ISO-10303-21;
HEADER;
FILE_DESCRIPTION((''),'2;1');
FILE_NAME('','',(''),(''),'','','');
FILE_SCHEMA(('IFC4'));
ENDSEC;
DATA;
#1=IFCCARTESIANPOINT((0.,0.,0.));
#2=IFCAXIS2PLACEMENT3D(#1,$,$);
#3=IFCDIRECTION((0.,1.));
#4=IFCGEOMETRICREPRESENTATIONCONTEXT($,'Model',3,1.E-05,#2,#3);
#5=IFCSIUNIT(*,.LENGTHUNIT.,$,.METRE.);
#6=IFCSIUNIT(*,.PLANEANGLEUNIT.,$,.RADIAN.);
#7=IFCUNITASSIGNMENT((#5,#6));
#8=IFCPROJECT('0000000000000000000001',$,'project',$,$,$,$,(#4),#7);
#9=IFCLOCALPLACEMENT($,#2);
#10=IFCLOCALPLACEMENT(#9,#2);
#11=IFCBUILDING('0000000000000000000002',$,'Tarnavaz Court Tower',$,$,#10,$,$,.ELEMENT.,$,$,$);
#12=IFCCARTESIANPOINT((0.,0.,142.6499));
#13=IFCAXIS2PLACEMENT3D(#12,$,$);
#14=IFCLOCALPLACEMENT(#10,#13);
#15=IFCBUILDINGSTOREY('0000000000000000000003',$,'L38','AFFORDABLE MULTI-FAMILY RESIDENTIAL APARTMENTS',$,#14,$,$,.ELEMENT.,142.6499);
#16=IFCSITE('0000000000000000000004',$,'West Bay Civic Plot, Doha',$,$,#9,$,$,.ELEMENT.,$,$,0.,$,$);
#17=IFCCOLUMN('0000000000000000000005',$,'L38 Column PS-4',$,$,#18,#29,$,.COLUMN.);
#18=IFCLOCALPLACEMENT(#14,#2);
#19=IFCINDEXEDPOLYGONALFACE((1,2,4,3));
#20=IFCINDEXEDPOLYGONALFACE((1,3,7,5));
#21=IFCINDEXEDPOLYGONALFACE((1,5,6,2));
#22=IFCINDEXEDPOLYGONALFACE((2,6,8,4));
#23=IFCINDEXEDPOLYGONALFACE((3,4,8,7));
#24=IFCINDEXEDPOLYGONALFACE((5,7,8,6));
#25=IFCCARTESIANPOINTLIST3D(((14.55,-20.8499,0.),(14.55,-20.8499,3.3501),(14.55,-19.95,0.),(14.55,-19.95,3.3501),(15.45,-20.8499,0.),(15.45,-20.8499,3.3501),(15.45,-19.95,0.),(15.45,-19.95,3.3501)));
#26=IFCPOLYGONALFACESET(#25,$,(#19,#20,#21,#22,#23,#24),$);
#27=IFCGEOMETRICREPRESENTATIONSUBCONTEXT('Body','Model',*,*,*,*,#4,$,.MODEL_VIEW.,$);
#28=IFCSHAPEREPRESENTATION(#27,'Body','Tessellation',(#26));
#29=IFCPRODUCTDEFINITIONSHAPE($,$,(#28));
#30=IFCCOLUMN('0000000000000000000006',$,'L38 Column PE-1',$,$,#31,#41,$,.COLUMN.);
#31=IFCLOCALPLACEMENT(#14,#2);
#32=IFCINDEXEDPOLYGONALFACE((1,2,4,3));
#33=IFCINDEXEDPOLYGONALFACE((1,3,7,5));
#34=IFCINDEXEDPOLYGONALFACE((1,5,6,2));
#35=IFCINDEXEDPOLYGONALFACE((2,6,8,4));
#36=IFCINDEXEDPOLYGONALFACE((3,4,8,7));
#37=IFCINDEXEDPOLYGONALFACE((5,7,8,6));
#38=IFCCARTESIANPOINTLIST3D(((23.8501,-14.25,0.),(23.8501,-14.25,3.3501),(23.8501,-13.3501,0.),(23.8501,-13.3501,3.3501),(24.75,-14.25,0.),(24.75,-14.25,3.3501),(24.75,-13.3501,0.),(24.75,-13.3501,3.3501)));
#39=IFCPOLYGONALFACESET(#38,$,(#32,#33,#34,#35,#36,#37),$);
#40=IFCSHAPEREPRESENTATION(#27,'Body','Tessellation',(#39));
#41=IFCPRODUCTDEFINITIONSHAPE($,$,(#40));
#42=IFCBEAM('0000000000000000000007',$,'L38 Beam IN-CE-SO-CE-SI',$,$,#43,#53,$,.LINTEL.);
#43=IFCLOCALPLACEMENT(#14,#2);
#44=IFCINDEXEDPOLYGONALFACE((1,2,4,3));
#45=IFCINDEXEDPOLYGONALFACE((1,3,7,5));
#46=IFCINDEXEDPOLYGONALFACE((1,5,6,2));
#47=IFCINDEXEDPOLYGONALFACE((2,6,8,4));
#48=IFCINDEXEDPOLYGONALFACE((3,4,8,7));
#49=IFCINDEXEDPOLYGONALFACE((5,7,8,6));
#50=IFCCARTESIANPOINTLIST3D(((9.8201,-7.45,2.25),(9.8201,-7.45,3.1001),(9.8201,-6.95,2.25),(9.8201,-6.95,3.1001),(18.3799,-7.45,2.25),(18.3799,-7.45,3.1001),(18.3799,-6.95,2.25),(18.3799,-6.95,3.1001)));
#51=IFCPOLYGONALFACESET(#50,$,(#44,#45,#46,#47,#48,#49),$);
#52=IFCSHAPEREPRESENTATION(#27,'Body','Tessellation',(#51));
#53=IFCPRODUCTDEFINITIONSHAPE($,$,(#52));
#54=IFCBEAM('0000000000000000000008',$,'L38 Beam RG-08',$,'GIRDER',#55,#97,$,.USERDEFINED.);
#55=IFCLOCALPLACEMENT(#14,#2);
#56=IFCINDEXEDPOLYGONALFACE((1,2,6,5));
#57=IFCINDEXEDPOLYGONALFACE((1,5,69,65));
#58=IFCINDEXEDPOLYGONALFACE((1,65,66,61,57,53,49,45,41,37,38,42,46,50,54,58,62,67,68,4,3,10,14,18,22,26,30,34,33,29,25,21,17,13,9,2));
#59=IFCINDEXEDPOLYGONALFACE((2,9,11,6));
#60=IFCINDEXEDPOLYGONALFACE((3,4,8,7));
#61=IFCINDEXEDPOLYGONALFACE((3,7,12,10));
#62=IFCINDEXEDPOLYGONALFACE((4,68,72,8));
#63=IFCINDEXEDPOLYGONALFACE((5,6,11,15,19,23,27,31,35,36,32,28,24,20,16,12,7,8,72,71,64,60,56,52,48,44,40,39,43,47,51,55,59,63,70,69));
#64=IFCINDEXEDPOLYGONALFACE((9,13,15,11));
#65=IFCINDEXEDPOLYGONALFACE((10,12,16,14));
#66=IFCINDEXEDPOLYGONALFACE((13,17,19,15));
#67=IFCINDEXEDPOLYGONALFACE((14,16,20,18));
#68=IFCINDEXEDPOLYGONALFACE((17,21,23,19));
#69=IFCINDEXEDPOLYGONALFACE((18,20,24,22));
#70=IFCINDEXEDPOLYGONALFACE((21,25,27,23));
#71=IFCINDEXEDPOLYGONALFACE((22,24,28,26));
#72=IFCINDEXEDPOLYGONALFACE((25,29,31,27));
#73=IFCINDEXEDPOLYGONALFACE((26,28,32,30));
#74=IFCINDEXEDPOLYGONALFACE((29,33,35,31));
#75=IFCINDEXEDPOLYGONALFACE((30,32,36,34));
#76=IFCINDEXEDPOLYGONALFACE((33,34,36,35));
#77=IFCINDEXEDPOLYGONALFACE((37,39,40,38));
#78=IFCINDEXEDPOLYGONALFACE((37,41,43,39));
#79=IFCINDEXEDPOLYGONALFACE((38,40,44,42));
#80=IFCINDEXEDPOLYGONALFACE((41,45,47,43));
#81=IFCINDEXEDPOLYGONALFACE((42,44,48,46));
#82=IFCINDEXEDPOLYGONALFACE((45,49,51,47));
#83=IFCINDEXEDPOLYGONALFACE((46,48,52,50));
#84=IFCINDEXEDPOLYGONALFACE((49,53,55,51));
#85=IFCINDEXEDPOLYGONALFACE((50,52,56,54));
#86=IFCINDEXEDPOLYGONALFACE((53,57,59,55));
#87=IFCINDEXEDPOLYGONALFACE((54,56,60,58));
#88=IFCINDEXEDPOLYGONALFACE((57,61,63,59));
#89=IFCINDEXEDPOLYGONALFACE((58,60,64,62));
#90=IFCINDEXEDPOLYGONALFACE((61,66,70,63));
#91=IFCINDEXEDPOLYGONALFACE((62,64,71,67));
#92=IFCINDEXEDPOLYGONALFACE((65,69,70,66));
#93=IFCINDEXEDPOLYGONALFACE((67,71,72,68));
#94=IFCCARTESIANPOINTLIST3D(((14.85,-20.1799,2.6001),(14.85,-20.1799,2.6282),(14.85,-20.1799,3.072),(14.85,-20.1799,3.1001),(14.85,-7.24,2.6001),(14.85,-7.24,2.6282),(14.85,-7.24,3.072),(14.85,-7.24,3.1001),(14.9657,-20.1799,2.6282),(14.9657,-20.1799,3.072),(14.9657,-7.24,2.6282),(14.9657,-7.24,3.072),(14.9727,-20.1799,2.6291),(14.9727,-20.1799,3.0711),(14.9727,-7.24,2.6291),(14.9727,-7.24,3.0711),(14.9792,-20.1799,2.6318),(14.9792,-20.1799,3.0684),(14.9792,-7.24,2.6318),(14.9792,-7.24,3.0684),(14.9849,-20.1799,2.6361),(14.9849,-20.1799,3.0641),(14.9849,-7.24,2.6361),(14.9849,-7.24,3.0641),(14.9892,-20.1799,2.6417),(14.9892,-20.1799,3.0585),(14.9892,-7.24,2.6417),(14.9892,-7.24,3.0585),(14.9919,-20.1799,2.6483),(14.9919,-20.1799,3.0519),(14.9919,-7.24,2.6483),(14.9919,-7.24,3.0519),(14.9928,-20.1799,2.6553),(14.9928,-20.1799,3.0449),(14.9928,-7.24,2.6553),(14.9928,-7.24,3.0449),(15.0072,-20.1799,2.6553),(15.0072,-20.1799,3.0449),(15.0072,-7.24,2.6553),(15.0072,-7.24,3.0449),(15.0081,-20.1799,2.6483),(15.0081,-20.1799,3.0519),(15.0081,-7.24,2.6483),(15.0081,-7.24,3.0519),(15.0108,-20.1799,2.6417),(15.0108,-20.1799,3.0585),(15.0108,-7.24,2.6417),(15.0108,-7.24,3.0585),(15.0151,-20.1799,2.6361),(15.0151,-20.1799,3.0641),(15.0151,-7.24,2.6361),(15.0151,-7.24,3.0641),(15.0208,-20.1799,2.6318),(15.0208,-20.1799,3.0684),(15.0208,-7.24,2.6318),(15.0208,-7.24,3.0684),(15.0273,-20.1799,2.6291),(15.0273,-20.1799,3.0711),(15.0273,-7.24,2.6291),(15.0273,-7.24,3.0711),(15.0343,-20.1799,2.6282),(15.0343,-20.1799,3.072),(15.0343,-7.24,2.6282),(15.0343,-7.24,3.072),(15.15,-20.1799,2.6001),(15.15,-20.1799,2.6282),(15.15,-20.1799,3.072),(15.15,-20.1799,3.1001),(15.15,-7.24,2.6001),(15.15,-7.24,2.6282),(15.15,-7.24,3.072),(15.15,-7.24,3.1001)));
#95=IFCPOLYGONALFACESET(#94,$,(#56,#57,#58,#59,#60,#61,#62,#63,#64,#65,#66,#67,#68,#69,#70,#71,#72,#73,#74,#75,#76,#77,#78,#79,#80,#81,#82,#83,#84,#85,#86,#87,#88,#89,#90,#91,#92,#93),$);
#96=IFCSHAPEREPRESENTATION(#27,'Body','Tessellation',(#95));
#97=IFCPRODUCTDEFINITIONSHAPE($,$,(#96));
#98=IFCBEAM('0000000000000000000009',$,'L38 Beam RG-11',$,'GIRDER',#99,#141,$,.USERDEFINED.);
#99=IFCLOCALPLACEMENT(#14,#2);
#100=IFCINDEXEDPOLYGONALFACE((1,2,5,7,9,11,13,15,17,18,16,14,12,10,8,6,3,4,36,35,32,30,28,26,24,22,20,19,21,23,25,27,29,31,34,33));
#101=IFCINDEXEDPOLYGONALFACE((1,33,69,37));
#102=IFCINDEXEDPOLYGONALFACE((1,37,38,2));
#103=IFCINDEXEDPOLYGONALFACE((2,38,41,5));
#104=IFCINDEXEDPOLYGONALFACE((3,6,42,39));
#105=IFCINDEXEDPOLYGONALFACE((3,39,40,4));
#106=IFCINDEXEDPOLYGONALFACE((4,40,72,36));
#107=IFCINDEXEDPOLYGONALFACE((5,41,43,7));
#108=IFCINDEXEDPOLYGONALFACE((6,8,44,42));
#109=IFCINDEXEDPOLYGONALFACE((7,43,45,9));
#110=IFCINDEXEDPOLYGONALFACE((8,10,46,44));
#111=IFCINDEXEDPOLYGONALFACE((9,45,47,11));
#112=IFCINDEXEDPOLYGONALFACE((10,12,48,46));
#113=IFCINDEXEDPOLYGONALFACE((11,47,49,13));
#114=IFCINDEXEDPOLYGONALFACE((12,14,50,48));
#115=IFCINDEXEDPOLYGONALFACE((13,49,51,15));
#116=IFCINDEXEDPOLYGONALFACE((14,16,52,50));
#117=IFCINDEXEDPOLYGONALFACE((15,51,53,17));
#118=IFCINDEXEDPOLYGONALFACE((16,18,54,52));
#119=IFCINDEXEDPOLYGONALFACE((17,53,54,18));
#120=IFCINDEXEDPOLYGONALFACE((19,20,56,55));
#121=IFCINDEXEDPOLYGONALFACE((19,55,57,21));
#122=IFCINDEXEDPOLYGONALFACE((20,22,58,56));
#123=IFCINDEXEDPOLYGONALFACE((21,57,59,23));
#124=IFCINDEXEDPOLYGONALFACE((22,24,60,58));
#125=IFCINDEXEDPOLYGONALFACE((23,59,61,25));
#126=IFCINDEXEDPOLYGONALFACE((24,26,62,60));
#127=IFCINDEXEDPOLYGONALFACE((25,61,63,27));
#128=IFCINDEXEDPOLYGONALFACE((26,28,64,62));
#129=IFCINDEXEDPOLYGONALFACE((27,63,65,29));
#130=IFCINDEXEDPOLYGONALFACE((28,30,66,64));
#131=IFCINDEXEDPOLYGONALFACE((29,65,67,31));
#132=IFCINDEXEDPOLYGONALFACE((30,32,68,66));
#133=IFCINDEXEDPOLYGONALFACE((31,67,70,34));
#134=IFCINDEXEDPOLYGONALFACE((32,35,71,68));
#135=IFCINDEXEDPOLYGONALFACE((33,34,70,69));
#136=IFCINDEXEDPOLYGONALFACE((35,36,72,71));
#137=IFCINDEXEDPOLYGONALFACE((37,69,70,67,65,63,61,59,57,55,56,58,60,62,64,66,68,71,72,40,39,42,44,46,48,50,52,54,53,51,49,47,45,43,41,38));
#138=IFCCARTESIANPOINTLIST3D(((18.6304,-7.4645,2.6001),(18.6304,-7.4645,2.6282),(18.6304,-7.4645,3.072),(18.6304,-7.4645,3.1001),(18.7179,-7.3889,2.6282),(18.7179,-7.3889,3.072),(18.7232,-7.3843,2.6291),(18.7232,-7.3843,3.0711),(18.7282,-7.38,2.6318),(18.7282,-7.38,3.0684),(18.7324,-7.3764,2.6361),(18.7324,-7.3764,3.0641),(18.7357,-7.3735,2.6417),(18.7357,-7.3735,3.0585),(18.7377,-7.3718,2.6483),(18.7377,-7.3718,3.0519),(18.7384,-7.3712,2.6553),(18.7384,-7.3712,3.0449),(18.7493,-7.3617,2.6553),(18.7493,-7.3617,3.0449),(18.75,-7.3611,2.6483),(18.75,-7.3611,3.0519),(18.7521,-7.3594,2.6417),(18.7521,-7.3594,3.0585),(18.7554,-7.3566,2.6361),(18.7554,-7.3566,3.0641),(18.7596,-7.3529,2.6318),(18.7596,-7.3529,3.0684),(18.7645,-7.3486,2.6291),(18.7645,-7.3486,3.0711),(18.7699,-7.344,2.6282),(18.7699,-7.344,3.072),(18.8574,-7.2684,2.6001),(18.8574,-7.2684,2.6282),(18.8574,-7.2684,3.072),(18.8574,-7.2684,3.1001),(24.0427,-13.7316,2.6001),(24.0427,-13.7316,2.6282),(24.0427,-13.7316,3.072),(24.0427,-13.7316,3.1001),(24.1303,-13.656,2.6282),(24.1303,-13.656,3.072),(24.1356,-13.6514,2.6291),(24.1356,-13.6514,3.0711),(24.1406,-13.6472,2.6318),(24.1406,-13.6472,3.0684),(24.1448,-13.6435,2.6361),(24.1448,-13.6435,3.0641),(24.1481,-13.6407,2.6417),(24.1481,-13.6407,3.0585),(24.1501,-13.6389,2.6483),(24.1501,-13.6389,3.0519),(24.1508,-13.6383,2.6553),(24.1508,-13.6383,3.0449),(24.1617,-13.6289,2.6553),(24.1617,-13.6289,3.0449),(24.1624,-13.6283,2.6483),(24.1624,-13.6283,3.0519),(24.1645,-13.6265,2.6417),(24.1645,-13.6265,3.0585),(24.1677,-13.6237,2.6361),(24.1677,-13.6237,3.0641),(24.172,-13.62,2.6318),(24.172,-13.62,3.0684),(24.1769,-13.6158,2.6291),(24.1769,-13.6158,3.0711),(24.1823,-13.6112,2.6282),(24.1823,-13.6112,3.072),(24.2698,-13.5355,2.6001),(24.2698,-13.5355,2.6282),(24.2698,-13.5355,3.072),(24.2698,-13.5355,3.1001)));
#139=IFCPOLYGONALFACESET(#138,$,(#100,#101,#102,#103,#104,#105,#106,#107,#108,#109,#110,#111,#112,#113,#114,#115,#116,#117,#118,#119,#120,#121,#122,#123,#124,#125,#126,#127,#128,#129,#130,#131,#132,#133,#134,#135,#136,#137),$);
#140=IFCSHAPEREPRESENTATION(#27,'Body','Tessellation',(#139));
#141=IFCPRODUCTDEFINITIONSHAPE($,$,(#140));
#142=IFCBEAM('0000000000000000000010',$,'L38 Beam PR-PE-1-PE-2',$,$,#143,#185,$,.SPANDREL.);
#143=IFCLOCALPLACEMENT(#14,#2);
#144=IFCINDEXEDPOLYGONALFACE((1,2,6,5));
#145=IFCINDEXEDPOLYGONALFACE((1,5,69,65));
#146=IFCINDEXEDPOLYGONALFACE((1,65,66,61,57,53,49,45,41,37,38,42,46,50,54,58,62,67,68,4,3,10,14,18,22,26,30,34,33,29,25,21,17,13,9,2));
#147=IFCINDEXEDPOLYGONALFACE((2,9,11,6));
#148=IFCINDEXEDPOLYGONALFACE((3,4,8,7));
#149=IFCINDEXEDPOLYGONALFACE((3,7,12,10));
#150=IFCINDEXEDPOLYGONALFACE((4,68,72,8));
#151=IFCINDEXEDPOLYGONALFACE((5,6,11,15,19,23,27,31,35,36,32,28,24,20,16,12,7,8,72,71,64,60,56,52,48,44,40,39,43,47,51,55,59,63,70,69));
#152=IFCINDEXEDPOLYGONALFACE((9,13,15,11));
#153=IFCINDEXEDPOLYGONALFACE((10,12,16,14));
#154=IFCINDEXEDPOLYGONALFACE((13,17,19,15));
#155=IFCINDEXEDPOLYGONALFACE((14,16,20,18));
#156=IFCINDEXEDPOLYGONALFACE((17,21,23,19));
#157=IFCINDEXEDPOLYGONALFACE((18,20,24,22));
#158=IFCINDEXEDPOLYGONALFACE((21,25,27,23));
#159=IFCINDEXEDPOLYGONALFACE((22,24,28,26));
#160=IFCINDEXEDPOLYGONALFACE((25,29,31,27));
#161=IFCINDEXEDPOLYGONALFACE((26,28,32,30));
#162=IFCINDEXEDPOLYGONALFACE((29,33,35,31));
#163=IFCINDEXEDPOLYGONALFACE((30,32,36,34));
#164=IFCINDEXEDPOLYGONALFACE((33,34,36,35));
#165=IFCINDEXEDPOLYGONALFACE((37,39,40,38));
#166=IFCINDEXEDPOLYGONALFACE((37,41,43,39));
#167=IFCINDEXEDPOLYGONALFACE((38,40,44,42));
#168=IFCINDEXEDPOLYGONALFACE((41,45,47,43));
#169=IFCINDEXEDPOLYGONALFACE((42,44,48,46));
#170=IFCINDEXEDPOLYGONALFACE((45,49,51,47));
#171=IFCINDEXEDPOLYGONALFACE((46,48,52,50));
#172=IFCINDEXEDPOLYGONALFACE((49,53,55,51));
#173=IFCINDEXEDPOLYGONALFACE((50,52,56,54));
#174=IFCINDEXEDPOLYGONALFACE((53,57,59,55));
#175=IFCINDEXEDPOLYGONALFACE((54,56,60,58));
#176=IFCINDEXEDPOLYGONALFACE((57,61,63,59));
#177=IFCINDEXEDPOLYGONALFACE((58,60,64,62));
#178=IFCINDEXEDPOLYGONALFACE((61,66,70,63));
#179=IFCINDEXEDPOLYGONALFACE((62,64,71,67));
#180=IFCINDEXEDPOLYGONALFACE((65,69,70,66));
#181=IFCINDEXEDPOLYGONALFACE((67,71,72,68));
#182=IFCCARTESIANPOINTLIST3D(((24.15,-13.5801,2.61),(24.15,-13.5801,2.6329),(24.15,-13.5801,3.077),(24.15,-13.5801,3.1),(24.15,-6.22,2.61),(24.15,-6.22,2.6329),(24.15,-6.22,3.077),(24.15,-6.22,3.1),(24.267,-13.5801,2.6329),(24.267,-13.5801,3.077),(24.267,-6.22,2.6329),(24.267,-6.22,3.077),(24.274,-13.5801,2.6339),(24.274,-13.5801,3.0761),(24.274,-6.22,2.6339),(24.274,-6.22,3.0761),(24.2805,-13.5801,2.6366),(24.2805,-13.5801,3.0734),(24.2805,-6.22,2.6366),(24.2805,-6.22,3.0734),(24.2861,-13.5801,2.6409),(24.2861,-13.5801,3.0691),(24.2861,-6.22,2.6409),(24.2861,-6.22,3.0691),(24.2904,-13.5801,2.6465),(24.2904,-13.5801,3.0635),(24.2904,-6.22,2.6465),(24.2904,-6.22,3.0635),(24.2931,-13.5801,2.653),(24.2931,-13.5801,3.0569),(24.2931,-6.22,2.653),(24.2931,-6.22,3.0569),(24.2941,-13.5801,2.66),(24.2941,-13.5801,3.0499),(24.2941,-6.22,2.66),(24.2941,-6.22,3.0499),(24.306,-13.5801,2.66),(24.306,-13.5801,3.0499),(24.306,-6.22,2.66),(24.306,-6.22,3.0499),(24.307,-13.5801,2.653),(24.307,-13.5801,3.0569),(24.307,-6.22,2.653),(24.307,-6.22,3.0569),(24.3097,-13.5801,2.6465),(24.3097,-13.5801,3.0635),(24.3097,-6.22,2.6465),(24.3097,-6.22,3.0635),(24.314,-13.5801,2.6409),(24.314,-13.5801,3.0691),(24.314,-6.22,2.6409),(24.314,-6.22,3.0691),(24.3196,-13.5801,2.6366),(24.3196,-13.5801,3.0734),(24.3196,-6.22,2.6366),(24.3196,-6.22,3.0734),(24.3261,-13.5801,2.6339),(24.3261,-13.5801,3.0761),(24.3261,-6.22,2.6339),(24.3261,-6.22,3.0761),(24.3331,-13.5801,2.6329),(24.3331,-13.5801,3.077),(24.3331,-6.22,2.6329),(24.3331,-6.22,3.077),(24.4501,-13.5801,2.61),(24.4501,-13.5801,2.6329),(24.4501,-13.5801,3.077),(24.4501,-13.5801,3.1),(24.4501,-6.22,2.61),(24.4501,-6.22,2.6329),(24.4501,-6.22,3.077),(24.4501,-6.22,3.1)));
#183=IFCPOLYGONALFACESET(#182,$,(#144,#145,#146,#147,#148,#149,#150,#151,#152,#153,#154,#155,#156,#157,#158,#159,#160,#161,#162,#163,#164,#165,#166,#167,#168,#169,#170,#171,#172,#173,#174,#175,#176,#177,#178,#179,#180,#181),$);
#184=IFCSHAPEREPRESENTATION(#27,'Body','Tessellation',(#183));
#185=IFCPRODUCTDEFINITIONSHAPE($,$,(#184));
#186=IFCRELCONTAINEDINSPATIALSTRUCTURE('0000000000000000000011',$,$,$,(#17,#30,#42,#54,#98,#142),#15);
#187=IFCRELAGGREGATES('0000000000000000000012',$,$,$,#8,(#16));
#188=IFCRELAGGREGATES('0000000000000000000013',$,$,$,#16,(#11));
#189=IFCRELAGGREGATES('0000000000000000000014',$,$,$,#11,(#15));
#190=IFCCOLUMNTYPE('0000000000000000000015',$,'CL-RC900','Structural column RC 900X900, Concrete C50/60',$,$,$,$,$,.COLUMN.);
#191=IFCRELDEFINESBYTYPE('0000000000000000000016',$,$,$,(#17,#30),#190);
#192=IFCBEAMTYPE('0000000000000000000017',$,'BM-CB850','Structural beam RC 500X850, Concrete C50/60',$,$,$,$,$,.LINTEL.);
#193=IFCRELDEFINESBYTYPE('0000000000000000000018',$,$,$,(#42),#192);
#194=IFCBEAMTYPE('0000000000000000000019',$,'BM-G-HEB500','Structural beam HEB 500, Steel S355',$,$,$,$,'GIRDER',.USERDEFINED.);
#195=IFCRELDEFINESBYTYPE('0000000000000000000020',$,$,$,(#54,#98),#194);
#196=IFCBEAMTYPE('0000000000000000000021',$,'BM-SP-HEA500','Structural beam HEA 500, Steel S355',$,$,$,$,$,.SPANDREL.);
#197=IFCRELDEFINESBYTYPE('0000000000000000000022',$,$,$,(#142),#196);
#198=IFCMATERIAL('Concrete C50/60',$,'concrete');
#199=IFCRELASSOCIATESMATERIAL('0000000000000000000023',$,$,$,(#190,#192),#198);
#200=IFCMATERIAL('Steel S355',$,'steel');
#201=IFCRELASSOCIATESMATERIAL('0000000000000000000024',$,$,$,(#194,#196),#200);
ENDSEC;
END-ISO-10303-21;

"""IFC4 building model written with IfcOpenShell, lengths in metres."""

from ifc_helpers import new_model, si_unit, direction, frame, origin, origin_2d, place, context, subcontext, project, spatial, rectangle, i_section, extrude, material, material_profile, profile_set, type_object, element, save


model = new_model("IFC4")

# Units and contexts
model_context = context("Model", 3, precision=1e-05, world=origin(), true_north=direction((0.0, 1.0)))
body_context = subcontext(model_context, "Body", "Model", "MODEL_VIEW")
ifc_project = project(units=[si_unit("LENGTHUNIT", "METRE"), si_unit("PLANEANGLEUNIT", "RADIAN")], contexts=[model_context])

# Site, building, storey
site_placement = place(None, origin())
site = spatial("IfcSite", under=ifc_project, at=site_placement, Name="West Bay Civic Plot, Doha", CompositionType="ELEMENT", RefElevation=0.0)
building_placement = place(site_placement, origin())
building = spatial("IfcBuilding", under=site, at=building_placement, Name="Tarnavaz Court Tower", CompositionType="ELEMENT")
storey_placement = place(building_placement, frame((0.0, 0.0, 142.6499)))
storey = spatial("IfcBuildingStorey", under=building, at=storey_placement, Name="L38", Description="AFFORDABLE MULTI-FAMILY RESIDENTIAL APARTMENTS", CompositionType="ELEMENT", Elevation=142.6499)

# Columns
ifc_material_1 = material(Name="Concrete C50/60", Category="concrete")
ifc_material_profile_1 = material_profile(ifc_material_1, rectangle(XDim=0.8999, YDim=0.8999, at=origin_2d()), Name="RC 900X900")
ifc_profile_set_1 = profile_set([ifc_material_profile_1], Name="Concrete C50/60")
column_type = type_object("IfcColumnType", Name="CL-RC900", Description="Structural column RC 900X900, Concrete C50/60", PredefinedType="COLUMN", material=ifc_profile_set_1)
for number, where, z_axis, x_axis, name in (
    (1, (15.0, -20.3999, 0.0), (0.0, 0.0, 1.0), (1.0, 0.0, 0.0), "L38 Column PS-4"),
    (2, (24.3, -13.8, 0.0), (0.0, 0.0, 1.0), (1.0, 0.0, 0.0), "L38 Column PE-1"),
):
    element("IfcColumn", number, at=place(storey_placement, frame(where, z_axis=z_axis, x_axis=x_axis)), inside=storey, type_object=column_type, Name=name, PredefinedType="COLUMN", context=body_context, shape_type="SweptSolid", body=[
        extrude(rectangle(XDim=0.8999, YDim=0.8999, at=origin_2d()), origin(), (0.0, 0.0, 1.0), 3.3501),
    ])

# Beams
ifc_material_profile_2 = material_profile(ifc_material_1, rectangle(XDim=0.5, YDim=0.8501, at=origin_2d()), Name="RC 500X850")
ifc_profile_set_2 = profile_set([ifc_material_profile_2], Name="Concrete C50/60")
beam_type_1 = type_object("IfcBeamType", Name="BM-CB850", Description="Structural beam RC 500X850, Concrete C50/60", PredefinedType="LINTEL", material=ifc_profile_set_2)
beam_1_placement = place(storey_placement, frame((18.3799, -7.2, 2.675), z_axis=(-1.0, 0.0, 0.0), x_axis=(0.0, -1.0, 0.0)))
element("IfcBeam", 3, at=beam_1_placement, inside=storey, type_object=beam_type_1, Name="L38 Beam IN-CE-SO-CE-SI", PredefinedType="LINTEL", context=body_context, shape_type="SweptSolid", body=[
    extrude(rectangle(XDim=0.5, YDim=0.8501, at=origin_2d()), origin(), (0.0, 0.0, 1.0), 8.5598),
])
ifc_material_2 = material(Name="Steel S355", Category="steel")
ifc_material_profile_3 = material_profile(ifc_material_2, i_section(OverallWidth=0.3, OverallDepth=0.5, WebThickness=0.0144, FlangeThickness=0.0281, FilletRadius=0.0271, at=origin_2d()), Name="HEB 500")
ifc_profile_set_3 = profile_set([ifc_material_profile_3], Name="Steel S355")
beam_type_2 = type_object("IfcBeamType", Name="BM-G-HEB500", Description="Structural beam HEB 500, Steel S355", ElementType="GIRDER", PredefinedType="USERDEFINED", material=ifc_profile_set_3)
beam_2_placement = place(storey_placement, frame((15.0, -7.24, 2.8501), z_axis=(0.0, -1.0, 0.0), x_axis=(1.0, 0.0, 0.0)))
element("IfcBeam", 4, at=beam_2_placement, inside=storey, type_object=beam_type_2, Name="L38 Beam RG-08", ObjectType="GIRDER", PredefinedType="USERDEFINED", context=body_context, shape_type="SweptSolid", body=[
    extrude(i_section(OverallWidth=0.3, OverallDepth=0.5, WebThickness=0.0144, FlangeThickness=0.0281, FilletRadius=0.0271, at=origin_2d()), origin(), (0.0, 0.0, 1.0), 12.9399),
])
beam_3_placement = place(storey_placement, frame((18.7439, -7.3665, 2.8501), z_axis=(0.653611, -0.756831, 0.0), x_axis=(0.756831, 0.653611, 0.0)))
element("IfcBeam", 5, at=beam_3_placement, inside=storey, type_object=beam_type_2, Name="L38 Beam RG-11", ObjectType="GIRDER", PredefinedType="USERDEFINED", context=body_context, shape_type="SweptSolid", body=[
    extrude(i_section(OverallWidth=0.3, OverallDepth=0.5, WebThickness=0.0144, FlangeThickness=0.0281, FilletRadius=0.0271, at=origin_2d()), origin(), (0.0, 0.0, 1.0), 8.2808),
])
ifc_material_profile_4 = material_profile(ifc_material_2, i_section(OverallWidth=0.3, OverallDepth=0.49, WebThickness=0.012, FlangeThickness=0.0229, FilletRadius=0.0271, at=origin_2d()), Name="HEA 500")
ifc_profile_set_4 = profile_set([ifc_material_profile_4], Name="Steel S355")
beam_type_3 = type_object("IfcBeamType", Name="BM-SP-HEA500", Description="Structural beam HEA 500, Steel S355", PredefinedType="SPANDREL", material=ifc_profile_set_4)
beam_4_placement = place(storey_placement, frame((24.3, -13.5801, 2.855), z_axis=(0.0, 1.0, 0.0), x_axis=(-1.0, 0.0, 0.0)))
element("IfcBeam", 6, at=beam_4_placement, inside=storey, type_object=beam_type_3, Name="L38 Beam PR-PE-1-PE-2", PredefinedType="SPANDREL", context=body_context, shape_type="SweptSolid", body=[
    extrude(i_section(OverallWidth=0.3, OverallDepth=0.49, WebThickness=0.012, FlangeThickness=0.0229, FilletRadius=0.0271, at=origin_2d()), origin(), (0.0, 0.0, 1.0), 7.3601),
])

save(model, "model.ifc")
